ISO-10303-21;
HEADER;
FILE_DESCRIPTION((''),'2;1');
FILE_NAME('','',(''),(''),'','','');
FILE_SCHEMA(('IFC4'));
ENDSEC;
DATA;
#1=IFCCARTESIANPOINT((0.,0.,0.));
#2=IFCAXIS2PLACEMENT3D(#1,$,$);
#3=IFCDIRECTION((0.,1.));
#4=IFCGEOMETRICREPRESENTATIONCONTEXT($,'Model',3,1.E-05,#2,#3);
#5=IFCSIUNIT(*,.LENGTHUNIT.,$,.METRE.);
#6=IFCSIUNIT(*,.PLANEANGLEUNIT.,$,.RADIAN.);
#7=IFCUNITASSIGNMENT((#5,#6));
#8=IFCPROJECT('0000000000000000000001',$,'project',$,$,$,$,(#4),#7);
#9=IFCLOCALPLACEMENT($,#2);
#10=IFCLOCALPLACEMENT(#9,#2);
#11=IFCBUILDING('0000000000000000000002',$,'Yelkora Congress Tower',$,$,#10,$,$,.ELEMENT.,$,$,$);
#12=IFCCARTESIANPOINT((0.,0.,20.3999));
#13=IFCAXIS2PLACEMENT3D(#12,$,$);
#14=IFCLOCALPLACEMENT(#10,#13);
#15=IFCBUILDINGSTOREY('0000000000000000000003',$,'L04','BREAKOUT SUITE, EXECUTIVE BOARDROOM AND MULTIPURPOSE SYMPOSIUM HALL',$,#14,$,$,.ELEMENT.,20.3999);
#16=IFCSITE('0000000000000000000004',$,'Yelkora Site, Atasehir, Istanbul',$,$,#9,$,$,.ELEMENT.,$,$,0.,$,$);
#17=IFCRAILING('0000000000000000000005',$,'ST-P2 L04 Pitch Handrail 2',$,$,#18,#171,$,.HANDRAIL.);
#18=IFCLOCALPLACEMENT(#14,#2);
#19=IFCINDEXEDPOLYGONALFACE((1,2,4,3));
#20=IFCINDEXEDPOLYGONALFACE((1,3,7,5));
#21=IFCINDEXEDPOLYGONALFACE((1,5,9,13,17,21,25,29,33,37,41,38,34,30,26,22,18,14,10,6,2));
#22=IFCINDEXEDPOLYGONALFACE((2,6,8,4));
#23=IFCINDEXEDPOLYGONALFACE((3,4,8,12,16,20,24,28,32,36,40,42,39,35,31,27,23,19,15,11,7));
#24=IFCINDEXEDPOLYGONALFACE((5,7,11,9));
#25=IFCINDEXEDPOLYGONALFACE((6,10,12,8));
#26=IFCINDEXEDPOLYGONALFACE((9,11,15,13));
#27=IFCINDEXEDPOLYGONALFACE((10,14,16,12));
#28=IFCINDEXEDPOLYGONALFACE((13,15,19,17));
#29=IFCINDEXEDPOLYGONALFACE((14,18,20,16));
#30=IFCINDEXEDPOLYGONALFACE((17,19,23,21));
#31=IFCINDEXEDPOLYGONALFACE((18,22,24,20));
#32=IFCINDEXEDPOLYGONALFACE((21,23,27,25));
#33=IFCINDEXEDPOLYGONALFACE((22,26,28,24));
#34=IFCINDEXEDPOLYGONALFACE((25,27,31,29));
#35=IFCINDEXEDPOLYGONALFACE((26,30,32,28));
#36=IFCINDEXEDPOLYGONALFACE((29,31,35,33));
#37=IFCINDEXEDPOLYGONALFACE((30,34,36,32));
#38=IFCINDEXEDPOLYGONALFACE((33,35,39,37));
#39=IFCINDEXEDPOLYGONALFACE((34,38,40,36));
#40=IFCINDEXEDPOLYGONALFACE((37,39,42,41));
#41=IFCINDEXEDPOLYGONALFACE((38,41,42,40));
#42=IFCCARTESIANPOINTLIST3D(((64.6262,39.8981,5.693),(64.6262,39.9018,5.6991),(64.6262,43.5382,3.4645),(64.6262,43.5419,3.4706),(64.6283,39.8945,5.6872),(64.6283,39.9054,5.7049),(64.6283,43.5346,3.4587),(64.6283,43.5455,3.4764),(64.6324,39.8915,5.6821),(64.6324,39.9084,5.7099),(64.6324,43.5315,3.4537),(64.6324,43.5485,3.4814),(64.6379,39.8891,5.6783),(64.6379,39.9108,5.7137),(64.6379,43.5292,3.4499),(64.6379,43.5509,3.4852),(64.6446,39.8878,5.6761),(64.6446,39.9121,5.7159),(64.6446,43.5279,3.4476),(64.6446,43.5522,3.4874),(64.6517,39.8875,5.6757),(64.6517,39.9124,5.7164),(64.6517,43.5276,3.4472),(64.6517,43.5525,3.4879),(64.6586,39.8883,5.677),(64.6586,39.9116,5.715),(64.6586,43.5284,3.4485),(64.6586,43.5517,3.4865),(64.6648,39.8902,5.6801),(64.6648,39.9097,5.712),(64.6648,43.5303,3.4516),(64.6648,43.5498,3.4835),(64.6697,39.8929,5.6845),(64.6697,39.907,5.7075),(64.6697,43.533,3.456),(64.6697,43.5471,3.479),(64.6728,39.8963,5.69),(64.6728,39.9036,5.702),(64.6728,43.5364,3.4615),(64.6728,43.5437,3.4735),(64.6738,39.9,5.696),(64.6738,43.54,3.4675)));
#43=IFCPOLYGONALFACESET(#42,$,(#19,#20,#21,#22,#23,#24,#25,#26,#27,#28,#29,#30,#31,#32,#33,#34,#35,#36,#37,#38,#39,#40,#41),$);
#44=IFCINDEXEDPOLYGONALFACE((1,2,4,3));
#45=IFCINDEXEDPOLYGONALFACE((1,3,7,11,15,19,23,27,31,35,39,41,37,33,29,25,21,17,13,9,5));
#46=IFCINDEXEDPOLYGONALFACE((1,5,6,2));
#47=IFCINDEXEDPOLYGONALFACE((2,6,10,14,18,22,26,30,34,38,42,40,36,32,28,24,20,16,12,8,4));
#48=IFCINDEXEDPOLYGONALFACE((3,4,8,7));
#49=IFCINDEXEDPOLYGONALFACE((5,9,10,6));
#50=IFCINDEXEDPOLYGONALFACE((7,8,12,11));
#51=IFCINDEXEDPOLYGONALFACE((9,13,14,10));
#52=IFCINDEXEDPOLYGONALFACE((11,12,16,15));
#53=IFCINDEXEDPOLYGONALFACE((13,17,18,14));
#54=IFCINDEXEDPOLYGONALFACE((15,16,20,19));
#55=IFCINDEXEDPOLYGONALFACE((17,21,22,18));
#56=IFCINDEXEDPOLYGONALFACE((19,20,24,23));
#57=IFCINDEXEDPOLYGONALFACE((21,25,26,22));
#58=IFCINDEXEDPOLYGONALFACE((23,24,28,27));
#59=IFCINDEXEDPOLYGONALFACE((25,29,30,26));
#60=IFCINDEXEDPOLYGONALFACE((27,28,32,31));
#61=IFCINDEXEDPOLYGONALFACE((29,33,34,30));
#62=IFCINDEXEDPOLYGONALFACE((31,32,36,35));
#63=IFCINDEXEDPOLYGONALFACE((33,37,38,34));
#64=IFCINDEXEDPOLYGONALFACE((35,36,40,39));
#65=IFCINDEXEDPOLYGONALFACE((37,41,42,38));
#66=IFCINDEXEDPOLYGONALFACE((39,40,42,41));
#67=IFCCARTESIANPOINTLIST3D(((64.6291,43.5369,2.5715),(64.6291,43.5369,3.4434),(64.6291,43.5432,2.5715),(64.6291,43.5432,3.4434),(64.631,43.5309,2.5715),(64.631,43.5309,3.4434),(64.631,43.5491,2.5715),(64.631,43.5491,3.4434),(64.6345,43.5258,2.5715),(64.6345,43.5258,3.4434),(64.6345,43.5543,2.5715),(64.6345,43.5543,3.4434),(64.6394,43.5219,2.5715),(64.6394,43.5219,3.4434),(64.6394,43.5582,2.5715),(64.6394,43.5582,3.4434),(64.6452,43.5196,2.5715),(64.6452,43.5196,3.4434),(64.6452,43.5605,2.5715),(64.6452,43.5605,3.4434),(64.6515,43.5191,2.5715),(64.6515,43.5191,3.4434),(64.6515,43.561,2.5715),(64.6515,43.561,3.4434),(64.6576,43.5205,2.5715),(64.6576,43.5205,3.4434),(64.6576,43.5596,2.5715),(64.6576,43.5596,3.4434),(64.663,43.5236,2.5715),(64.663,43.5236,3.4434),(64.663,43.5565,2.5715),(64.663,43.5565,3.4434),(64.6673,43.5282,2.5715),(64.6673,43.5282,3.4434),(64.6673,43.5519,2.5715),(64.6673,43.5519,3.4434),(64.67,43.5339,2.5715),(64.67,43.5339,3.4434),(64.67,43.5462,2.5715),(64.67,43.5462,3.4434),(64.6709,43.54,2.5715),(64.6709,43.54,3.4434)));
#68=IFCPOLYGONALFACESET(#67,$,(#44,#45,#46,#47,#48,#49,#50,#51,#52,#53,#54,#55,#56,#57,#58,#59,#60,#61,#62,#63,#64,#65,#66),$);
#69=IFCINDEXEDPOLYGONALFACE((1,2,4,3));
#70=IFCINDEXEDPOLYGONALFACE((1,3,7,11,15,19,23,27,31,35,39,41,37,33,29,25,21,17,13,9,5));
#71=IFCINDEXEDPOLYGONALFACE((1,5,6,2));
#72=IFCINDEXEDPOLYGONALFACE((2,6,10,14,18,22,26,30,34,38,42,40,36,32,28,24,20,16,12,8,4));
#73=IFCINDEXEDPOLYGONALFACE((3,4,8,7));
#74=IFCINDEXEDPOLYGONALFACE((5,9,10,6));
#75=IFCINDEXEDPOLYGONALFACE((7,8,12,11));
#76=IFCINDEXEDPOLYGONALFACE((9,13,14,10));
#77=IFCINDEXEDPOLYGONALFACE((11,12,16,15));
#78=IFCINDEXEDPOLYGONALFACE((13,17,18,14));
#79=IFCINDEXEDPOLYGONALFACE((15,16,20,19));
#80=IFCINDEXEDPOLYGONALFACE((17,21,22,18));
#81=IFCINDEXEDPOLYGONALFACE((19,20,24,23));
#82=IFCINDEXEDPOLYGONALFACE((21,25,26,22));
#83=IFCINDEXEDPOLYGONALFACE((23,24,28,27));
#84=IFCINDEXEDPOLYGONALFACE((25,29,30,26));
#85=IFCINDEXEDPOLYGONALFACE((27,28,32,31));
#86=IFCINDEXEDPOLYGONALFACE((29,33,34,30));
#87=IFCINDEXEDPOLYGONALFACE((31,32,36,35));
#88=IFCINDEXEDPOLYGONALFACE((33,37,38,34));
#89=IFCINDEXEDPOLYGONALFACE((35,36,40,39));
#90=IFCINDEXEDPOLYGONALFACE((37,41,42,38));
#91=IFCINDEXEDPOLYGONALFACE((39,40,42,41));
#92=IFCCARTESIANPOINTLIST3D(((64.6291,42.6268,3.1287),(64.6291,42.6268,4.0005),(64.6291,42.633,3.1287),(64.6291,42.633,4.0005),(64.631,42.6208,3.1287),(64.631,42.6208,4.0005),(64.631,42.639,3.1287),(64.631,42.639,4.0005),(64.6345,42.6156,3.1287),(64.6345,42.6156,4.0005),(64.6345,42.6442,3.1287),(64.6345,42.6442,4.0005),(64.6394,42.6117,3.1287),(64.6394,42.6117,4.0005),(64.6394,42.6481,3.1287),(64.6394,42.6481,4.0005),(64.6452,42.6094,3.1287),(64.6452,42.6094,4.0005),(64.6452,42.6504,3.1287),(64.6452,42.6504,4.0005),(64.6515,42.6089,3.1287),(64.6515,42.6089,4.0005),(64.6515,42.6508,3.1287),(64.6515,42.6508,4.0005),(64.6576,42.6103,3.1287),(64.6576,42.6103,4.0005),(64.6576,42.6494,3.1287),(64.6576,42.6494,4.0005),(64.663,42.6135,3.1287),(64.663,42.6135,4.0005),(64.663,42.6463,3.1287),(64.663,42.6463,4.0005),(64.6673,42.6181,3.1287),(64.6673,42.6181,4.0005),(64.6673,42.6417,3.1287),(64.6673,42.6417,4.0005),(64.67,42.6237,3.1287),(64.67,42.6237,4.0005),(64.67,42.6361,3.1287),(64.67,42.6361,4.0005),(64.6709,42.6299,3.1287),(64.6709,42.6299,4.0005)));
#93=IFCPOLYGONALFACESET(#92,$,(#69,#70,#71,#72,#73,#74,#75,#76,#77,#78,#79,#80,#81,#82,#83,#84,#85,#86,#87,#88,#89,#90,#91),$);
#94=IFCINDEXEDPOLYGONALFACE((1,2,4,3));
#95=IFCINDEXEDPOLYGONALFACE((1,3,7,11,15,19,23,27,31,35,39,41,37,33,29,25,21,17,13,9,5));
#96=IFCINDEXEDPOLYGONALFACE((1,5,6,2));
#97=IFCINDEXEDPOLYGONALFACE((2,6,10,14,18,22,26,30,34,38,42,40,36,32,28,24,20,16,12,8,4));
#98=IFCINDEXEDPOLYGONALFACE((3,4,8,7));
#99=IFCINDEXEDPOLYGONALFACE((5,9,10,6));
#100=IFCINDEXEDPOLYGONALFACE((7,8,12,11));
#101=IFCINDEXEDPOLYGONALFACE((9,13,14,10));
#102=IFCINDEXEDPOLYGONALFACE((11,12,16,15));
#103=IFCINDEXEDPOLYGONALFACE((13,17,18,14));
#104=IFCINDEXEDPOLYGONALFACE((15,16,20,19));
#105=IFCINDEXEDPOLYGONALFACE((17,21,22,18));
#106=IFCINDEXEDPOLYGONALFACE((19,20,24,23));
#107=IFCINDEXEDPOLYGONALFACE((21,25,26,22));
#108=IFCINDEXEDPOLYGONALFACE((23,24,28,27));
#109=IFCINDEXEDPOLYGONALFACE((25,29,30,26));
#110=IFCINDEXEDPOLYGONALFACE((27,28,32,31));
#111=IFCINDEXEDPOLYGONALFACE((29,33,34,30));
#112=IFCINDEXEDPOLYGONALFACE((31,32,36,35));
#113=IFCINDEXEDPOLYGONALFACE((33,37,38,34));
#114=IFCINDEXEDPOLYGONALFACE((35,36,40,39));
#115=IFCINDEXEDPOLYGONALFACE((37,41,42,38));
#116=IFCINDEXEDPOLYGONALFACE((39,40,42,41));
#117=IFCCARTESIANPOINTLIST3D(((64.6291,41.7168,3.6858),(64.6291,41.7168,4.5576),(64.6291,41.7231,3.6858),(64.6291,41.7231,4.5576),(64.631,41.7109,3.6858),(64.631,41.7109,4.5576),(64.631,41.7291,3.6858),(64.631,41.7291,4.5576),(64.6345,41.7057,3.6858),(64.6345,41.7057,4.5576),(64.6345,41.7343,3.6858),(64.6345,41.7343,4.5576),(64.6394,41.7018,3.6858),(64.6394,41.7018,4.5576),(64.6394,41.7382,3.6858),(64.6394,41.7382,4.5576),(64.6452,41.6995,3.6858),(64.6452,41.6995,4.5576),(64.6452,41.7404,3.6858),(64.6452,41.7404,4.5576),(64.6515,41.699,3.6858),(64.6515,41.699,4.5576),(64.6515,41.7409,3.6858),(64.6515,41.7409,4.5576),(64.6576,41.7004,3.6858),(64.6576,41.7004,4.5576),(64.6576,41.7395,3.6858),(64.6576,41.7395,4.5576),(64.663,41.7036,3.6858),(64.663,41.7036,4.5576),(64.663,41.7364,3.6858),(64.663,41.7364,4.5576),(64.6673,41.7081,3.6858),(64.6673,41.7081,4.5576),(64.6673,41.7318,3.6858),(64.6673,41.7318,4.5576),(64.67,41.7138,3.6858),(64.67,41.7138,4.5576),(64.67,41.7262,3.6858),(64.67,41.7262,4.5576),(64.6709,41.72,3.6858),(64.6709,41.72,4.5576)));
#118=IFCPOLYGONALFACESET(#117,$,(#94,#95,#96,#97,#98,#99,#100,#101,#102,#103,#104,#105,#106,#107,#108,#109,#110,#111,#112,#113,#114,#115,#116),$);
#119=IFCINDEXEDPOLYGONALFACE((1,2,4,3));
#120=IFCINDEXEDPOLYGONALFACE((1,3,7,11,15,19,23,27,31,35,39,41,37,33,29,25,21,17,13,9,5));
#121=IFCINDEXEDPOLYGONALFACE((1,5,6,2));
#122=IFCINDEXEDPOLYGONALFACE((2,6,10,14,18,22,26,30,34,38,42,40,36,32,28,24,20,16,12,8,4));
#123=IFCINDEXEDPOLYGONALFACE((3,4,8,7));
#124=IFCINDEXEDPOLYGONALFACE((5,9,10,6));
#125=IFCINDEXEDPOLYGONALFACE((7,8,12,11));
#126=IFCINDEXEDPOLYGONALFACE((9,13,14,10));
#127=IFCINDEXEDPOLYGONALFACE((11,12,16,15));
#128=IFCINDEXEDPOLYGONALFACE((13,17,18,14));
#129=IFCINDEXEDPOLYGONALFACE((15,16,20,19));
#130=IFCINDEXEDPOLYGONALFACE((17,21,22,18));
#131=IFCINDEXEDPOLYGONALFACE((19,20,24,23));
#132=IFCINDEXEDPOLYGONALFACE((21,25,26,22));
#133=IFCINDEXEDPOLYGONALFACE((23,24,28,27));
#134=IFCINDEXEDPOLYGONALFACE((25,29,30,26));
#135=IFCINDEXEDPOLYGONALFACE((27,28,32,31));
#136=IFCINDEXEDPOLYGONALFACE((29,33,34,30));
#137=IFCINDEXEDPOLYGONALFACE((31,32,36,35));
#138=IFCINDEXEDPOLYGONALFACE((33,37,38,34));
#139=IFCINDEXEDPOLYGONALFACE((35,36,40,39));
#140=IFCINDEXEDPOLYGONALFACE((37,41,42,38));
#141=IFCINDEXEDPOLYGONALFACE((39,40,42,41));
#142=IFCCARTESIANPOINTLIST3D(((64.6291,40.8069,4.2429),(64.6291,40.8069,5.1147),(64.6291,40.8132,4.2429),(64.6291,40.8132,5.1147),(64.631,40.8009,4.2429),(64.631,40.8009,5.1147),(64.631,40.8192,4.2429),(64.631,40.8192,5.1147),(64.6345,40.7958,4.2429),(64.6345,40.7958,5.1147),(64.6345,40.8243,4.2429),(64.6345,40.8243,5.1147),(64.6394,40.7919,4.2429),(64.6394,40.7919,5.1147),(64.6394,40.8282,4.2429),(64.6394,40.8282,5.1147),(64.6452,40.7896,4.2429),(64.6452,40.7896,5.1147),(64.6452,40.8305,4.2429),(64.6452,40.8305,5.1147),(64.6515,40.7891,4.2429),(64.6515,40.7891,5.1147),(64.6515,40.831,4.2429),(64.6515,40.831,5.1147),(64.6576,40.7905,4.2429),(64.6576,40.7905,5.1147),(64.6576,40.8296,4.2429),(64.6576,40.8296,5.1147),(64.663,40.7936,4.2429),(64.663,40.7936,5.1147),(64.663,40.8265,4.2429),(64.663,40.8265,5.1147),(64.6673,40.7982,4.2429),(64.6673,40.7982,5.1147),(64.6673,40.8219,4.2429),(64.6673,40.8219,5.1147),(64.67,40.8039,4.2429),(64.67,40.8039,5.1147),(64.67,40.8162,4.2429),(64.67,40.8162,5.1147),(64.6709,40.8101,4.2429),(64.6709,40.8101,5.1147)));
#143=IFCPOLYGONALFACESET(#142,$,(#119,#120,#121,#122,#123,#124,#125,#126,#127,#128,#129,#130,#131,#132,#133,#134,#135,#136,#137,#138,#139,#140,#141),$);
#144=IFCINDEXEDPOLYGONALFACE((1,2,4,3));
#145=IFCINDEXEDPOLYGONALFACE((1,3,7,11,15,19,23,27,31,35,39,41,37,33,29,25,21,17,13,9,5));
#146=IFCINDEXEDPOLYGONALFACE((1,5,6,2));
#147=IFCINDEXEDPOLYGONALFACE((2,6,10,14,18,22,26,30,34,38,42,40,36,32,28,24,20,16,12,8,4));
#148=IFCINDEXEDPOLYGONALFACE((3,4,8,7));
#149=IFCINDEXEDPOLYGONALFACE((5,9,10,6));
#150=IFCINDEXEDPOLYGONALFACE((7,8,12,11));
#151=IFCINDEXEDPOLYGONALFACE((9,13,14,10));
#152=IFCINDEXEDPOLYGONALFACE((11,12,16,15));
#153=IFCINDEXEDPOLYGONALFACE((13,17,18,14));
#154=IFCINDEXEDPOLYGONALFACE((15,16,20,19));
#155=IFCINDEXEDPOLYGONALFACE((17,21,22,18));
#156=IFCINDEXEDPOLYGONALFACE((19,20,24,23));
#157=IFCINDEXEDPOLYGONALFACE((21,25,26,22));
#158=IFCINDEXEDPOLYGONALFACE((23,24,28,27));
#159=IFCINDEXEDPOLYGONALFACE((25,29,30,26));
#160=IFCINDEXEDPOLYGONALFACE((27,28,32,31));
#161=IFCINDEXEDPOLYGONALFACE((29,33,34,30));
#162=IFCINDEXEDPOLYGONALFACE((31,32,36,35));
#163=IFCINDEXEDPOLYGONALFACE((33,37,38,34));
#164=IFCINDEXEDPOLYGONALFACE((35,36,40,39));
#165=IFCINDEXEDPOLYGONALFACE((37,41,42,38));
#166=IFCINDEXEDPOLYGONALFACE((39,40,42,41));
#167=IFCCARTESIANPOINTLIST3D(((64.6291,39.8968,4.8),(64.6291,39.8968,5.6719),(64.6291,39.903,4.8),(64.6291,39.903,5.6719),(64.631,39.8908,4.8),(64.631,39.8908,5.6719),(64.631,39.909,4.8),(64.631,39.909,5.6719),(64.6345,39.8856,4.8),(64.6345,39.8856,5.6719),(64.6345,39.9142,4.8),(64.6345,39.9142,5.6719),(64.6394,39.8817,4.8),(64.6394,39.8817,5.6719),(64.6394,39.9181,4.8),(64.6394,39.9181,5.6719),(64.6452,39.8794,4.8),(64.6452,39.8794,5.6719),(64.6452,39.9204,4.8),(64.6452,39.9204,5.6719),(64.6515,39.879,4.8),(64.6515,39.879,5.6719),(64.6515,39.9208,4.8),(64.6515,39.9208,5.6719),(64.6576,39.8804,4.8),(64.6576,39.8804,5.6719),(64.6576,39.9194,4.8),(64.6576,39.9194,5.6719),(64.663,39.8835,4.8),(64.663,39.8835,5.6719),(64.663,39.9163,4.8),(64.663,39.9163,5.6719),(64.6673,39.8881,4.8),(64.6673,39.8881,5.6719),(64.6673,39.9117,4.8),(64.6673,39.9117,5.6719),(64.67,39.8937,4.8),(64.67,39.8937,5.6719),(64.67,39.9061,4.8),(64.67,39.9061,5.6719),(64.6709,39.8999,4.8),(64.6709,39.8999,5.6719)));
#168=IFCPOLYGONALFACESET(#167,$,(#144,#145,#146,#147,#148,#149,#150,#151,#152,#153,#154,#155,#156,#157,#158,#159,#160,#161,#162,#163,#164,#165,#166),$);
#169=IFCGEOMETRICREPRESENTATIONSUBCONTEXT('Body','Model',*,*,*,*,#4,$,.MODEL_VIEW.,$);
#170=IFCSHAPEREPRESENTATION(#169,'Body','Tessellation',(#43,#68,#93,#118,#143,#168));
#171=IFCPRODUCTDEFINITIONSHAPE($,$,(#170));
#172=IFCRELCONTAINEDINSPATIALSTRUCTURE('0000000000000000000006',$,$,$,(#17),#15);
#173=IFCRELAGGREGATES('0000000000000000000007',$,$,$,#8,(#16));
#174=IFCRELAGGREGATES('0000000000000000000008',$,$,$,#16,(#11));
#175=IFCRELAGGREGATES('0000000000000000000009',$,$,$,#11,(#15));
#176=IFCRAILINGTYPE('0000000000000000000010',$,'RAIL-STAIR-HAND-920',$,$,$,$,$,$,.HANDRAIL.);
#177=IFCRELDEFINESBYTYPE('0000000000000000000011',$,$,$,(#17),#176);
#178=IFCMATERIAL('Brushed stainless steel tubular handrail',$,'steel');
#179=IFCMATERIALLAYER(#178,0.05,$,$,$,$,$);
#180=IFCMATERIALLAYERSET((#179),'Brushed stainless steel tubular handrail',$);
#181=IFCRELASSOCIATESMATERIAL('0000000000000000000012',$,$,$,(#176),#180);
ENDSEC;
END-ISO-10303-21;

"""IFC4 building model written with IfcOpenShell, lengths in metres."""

from ifc_helpers import new_model, si_unit, direction, frame, origin, origin_2d, place, context, subcontext, project, spatial, circle, extrude, material, layer, layer_set, type_object, element, save


model = new_model("IFC4")

# Units and contexts
model_context = context("Model", 3, precision=1e-05, world=origin(), true_north=direction((0.0, 1.0)))
body_context = subcontext(model_context, "Body", "Model", "MODEL_VIEW")
ifc_project = project(units=[si_unit("LENGTHUNIT", "METRE"), si_unit("PLANEANGLEUNIT", "RADIAN")], contexts=[model_context])

# Site, building, storey
site_placement = place(None, origin())
site = spatial("IfcSite", under=ifc_project, at=site_placement, Name="Yelkora Site, Atasehir, Istanbul", CompositionType="ELEMENT", RefElevation=0.0)
building_placement = place(site_placement, origin())
building = spatial("IfcBuilding", under=site, at=building_placement, Name="Yelkora Congress Tower", CompositionType="ELEMENT")
storey_placement = place(building_placement, frame((0.0, 0.0, 20.3999)))
storey = spatial("IfcBuildingStorey", under=building, at=storey_placement, Name="L04", Description="BREAKOUT SUITE, EXECUTIVE BOARDROOM AND MULTIPURPOSE SYMPOSIUM HALL", CompositionType="ELEMENT", Elevation=20.3999)

# Railing
ifc_material_1 = material(Name="Brushed stainless steel tubular handrail", Category="steel")
ifc_layer_1 = layer(ifc_material_1, 0.05)
ifc_layer_set_1 = layer_set([ifc_layer_1], Name="Brushed stainless steel tubular handrail")
railing_type_1 = type_object("IfcRailingType", Name="RAIL-STAIR-HAND-920", PredefinedType="HANDRAIL", material=ifc_layer_set_1)
railing_1_placement = place(storey_placement, frame((64.6499, 43.54, 2.5715)))
element("IfcRailing", 1, at=railing_1_placement, inside=storey, type_object=railing_type_1, Name="ST-P2 L04 Pitch Handrail 2", PredefinedType="HANDRAIL", context=body_context, shape_type="SweptSolid", body=[
    extrude(circle(Radius=0.0239, at=origin_2d()), frame((0.0, 0.0, 0.896), z_axis=(0.0, -0.852866, 0.52213), x_axis=(1.0, 0.0, 0.0)), (0.0, 0.0, 1.0), 4.2681),
    extrude(circle(Radius=0.021, at=origin_2d()), origin(), (0.0, 0.0, 1.0), 0.8718),
    extrude(circle(Radius=0.021, at=origin_2d()), frame((0.0, -0.9102, 0.5571)), (0.0, 0.0, 1.0), 0.8718),
    extrude(circle(Radius=0.021, at=origin_2d()), frame((0.0, -1.8201, 1.1143)), (0.0, 0.0, 1.0), 0.8718),
    extrude(circle(Radius=0.021, at=origin_2d()), frame((0.0, -2.73, 1.6714)), (0.0, 0.0, 1.0), 0.8718),
    extrude(circle(Radius=0.021, at=origin_2d()), frame((0.0, -3.6401, 2.2285)), (0.0, 0.0, 1.0), 0.8718),
])

save(model, "model.ifc")
